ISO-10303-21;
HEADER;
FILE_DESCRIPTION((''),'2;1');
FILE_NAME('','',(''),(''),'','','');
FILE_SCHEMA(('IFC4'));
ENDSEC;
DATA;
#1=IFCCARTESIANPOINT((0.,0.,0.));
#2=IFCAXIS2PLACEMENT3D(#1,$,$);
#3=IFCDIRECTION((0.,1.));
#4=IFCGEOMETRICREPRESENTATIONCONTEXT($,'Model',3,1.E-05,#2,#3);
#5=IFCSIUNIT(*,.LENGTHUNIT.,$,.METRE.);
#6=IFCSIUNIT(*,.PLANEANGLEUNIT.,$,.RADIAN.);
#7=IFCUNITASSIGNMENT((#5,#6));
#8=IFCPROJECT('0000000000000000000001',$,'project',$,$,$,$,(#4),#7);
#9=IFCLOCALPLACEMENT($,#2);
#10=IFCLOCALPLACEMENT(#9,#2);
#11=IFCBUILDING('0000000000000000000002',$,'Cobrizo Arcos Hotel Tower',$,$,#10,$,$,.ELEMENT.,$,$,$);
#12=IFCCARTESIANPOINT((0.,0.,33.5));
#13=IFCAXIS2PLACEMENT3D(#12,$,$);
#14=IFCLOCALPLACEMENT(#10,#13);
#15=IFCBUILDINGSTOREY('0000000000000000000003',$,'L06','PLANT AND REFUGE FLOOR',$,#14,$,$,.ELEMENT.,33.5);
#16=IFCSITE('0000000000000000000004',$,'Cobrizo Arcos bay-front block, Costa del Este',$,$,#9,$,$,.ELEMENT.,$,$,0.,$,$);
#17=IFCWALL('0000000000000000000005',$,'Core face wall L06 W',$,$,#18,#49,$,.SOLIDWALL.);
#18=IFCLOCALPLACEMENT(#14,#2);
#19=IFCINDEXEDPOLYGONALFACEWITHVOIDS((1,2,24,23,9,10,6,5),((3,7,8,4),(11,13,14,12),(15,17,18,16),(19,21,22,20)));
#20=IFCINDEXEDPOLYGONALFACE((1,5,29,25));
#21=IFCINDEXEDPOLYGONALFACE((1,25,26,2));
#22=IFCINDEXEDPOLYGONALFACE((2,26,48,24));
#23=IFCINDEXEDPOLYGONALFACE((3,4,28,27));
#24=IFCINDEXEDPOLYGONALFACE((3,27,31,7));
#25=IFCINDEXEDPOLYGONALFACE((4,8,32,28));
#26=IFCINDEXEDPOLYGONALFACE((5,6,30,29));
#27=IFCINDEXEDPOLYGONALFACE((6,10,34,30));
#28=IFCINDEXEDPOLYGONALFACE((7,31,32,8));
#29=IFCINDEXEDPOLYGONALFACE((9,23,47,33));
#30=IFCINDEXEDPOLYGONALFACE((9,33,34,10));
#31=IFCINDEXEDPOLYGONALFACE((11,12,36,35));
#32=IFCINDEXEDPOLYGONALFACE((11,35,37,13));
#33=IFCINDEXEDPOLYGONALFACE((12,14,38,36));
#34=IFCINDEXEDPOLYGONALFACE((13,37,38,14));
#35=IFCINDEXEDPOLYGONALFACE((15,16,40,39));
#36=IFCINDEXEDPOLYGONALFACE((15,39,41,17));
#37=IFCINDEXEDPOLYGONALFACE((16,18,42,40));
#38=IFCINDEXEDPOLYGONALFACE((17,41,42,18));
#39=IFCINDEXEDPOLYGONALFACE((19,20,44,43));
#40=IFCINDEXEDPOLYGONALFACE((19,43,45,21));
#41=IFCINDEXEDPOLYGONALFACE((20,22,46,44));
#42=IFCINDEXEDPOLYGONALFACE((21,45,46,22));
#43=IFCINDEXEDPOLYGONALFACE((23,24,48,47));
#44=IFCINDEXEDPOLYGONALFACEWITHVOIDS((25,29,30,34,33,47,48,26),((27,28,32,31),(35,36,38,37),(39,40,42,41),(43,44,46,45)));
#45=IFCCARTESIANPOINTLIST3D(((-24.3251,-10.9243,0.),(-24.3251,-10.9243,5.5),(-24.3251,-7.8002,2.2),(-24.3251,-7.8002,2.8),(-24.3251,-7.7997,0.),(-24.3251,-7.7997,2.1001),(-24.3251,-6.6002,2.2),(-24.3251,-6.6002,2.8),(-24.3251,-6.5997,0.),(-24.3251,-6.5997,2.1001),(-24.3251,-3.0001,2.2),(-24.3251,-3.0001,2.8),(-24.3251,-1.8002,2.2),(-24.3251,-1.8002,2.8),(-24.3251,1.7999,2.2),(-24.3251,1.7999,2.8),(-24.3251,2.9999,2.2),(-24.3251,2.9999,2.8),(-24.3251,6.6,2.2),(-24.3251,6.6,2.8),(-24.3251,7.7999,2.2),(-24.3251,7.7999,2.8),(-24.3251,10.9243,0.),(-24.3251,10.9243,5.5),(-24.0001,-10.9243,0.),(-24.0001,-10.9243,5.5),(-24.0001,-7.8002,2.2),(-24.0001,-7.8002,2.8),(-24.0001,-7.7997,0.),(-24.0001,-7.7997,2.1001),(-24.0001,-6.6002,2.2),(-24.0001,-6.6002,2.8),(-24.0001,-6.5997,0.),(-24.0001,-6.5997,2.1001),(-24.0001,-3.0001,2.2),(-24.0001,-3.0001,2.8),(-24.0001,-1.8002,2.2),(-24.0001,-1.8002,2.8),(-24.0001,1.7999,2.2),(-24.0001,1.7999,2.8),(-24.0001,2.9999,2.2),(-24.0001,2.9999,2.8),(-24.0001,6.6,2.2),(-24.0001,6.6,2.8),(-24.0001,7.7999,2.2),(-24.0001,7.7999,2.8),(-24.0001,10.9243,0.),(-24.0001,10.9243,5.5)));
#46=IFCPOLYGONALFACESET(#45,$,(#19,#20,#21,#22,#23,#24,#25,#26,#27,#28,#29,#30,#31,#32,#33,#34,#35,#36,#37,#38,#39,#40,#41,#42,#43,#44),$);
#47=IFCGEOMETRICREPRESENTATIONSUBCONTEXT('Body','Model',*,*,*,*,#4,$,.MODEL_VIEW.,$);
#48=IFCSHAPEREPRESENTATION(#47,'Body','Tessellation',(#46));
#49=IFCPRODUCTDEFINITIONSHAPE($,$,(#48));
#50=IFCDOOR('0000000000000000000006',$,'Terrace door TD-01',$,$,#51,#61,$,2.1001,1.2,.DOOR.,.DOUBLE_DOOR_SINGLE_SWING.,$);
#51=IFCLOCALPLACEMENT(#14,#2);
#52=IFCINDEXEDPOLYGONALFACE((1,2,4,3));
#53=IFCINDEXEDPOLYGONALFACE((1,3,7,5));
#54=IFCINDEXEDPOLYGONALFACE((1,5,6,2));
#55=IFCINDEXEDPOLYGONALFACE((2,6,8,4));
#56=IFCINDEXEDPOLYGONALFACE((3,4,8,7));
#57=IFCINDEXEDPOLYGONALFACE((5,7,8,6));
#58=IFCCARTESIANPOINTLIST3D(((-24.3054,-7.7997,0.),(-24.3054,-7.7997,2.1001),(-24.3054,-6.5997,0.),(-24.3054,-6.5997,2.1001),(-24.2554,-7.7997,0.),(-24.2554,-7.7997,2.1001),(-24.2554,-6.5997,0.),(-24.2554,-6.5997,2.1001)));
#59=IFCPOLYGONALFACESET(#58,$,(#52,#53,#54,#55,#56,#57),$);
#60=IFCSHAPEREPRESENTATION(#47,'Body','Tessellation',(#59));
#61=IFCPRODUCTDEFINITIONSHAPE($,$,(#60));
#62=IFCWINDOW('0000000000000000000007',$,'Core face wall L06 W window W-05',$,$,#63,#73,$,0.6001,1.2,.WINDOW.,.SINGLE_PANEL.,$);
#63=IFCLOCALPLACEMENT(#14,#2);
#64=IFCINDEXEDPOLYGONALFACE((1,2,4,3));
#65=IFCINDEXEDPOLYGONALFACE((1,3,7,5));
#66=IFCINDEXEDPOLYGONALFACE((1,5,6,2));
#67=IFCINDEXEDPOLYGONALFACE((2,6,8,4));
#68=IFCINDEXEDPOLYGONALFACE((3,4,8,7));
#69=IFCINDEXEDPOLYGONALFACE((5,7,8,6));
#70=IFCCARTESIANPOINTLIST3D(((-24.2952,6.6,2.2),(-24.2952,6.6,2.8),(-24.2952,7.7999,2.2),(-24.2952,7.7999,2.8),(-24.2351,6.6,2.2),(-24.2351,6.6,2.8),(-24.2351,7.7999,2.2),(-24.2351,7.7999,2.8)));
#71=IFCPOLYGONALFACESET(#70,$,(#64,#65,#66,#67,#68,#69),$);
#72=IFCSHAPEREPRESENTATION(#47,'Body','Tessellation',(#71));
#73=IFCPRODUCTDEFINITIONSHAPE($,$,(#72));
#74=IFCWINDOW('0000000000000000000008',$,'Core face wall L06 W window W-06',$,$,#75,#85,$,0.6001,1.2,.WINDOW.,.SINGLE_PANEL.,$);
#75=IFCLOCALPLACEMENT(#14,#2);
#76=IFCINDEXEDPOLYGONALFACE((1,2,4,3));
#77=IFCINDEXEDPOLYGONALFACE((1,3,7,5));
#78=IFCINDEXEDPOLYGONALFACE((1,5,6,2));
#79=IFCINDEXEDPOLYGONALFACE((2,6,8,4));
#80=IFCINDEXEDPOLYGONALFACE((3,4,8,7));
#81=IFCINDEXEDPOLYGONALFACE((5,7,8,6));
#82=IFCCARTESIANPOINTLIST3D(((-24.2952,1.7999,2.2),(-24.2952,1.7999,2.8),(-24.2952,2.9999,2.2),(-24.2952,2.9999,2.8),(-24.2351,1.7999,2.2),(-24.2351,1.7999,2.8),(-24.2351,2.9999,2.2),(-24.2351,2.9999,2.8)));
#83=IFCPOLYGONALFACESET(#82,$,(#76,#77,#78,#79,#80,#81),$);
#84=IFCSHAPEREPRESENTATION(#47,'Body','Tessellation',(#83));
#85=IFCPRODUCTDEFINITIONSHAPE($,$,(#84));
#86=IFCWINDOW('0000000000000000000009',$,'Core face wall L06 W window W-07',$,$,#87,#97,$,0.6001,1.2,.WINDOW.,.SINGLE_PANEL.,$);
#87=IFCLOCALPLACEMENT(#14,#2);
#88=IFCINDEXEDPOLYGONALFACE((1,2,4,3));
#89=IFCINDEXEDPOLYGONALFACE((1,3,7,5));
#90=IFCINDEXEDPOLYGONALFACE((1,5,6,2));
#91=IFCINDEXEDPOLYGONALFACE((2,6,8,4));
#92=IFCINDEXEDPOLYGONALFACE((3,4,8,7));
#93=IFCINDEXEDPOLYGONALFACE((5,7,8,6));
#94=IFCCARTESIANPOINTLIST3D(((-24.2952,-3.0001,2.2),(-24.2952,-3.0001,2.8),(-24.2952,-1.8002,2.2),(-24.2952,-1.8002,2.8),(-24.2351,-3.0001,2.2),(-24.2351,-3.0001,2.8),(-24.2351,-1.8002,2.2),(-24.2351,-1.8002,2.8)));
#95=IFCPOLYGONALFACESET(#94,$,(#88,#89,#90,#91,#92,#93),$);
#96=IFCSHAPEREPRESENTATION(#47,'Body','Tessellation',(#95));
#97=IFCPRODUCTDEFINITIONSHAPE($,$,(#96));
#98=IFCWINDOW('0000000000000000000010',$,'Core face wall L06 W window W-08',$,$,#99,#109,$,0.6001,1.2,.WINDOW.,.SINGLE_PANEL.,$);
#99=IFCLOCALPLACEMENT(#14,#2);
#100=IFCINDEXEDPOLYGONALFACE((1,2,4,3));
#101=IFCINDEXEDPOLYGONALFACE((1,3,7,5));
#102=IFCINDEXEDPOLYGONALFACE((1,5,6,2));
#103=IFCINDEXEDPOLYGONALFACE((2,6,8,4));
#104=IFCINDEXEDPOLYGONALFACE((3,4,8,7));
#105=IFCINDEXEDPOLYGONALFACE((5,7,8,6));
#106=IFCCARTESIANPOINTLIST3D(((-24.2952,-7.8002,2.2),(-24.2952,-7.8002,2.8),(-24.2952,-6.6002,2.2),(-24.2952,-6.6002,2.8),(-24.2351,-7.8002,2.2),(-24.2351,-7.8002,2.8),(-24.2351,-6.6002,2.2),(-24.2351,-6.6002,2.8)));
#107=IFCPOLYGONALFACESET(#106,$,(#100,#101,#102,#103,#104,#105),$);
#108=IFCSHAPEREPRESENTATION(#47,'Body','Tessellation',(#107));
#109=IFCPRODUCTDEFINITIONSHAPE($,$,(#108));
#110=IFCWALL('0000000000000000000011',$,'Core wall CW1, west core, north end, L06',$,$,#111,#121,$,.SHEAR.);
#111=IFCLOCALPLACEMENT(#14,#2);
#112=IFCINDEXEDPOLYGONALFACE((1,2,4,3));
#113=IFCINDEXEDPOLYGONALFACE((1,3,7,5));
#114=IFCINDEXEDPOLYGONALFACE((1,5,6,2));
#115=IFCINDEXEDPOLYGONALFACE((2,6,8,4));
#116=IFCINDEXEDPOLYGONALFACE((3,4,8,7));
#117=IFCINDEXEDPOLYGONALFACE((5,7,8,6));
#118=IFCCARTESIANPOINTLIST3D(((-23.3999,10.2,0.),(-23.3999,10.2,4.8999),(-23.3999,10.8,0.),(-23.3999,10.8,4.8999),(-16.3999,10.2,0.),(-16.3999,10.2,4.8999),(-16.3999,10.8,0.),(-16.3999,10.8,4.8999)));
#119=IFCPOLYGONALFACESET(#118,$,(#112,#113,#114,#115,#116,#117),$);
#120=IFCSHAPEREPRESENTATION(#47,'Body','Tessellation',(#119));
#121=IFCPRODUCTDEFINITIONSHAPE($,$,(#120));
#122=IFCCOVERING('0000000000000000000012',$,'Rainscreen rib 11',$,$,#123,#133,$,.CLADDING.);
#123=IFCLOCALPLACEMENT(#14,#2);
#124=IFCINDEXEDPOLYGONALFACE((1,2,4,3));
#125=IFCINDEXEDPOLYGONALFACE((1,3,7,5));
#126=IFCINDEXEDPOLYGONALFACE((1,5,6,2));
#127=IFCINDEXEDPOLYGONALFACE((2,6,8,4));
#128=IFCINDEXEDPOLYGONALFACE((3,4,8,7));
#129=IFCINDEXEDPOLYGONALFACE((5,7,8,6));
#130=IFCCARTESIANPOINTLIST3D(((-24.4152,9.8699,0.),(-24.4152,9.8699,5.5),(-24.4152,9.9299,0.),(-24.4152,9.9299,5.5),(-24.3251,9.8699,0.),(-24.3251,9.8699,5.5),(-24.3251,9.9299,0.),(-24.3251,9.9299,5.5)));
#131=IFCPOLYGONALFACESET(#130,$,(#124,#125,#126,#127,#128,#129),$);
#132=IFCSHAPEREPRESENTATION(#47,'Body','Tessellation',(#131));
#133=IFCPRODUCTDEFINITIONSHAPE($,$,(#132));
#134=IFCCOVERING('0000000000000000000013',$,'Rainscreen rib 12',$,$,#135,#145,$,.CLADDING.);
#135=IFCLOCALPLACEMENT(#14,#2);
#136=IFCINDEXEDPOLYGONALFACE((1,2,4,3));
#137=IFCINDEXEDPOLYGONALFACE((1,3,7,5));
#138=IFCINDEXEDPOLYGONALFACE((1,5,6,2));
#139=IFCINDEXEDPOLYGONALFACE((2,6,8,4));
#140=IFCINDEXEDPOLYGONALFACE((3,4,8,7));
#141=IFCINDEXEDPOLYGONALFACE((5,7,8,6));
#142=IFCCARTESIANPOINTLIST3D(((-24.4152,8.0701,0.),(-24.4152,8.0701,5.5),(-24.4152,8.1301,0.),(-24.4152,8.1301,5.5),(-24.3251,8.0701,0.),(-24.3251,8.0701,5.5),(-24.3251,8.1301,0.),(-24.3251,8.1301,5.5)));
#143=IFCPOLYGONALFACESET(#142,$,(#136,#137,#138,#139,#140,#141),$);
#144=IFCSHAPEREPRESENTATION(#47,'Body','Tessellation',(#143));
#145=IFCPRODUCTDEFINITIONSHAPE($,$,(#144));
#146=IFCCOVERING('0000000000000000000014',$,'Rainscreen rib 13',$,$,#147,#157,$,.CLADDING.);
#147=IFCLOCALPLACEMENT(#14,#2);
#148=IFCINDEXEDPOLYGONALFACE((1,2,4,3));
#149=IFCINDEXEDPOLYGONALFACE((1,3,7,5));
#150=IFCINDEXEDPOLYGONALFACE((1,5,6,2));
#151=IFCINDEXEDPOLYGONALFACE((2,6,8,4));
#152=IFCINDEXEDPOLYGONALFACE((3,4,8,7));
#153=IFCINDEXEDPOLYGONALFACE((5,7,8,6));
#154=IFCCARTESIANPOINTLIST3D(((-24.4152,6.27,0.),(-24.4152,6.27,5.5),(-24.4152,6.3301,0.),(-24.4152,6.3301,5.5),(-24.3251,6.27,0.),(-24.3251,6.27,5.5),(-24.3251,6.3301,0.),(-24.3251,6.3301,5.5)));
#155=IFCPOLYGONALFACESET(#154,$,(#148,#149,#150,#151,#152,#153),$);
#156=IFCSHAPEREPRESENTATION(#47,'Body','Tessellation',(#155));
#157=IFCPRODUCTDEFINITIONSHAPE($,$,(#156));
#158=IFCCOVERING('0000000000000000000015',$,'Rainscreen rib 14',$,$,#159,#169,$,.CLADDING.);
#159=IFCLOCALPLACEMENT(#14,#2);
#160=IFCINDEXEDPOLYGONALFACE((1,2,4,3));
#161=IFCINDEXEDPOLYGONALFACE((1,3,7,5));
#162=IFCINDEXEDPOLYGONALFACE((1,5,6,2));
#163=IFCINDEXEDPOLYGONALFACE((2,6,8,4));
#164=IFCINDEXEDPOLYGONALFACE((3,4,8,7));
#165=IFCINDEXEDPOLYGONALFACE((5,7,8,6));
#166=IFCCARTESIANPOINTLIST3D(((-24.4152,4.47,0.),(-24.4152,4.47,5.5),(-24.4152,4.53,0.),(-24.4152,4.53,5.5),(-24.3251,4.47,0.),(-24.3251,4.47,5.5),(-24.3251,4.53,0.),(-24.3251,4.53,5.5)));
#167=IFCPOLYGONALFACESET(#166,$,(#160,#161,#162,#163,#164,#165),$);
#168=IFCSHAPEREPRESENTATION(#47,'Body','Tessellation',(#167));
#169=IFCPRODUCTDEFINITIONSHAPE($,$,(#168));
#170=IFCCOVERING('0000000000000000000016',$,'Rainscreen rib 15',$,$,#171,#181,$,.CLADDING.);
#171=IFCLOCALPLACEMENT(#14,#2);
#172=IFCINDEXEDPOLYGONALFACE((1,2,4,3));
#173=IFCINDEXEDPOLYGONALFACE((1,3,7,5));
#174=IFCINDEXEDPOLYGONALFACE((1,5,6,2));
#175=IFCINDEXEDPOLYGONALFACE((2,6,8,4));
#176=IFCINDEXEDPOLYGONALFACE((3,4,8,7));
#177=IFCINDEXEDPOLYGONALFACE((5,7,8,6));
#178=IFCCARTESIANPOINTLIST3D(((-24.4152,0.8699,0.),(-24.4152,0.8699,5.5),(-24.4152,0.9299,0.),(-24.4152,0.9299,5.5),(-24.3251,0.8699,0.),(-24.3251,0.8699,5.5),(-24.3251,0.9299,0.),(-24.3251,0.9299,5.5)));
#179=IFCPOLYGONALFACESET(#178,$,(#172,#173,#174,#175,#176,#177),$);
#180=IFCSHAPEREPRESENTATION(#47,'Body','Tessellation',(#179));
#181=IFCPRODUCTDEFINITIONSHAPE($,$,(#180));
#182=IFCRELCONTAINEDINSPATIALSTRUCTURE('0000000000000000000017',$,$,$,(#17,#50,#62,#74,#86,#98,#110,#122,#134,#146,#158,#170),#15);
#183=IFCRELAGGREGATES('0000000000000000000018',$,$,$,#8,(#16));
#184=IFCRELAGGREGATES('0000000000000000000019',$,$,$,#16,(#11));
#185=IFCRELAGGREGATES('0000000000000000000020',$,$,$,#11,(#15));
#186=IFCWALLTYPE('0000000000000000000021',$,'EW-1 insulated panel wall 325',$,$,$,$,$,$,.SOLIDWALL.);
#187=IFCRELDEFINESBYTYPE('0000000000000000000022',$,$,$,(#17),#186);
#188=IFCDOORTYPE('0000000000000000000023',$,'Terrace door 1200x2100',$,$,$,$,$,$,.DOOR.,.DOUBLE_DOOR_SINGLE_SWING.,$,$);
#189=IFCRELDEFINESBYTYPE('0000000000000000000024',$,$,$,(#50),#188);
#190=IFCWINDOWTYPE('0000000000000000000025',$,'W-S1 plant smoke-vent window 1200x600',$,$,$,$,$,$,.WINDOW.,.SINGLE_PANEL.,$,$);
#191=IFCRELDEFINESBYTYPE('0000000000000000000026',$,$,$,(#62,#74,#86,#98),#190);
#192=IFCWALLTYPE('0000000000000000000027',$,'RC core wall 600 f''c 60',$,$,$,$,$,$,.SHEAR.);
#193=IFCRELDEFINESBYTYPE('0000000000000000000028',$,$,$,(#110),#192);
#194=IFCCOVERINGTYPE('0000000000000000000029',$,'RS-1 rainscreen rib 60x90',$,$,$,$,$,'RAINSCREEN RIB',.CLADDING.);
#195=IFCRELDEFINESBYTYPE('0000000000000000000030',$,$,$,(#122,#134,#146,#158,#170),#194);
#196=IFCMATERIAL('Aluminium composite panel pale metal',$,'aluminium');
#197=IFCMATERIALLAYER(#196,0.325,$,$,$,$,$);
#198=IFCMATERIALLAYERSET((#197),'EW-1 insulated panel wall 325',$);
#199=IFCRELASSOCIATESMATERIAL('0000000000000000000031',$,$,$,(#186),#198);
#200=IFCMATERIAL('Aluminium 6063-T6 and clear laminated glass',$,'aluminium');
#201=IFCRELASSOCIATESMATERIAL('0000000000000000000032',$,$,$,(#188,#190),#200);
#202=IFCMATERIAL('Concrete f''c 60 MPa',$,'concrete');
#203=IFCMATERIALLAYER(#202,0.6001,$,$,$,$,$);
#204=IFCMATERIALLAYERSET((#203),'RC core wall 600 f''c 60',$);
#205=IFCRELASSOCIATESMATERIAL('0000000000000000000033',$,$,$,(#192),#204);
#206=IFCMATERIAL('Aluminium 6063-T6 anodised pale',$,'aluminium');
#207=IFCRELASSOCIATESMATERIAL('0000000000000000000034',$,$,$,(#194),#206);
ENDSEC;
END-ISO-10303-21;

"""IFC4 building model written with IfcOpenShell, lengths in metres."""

from ifc_helpers import new_model, si_unit, direction, frame, frame_2d, origin, origin_2d, place, context, subcontext, project, spatial, rectangle, extrude, material, layer, layer_set, type_object, element, fill, save


model = new_model("IFC4")

# Units and contexts
model_context = context("Model", 3, precision=1e-05, world=origin(), true_north=direction((0.0, 1.0)))
body_context = subcontext(model_context, "Body", "Model", "MODEL_VIEW")
ifc_project = project(units=[si_unit("LENGTHUNIT", "METRE"), si_unit("PLANEANGLEUNIT", "RADIAN")], contexts=[model_context])

# Site, building, storey
site_placement = place(None, origin())
site = spatial("IfcSite", under=ifc_project, at=site_placement, Name="Cobrizo Arcos bay-front block, Costa del Este", CompositionType="ELEMENT", RefElevation=0.0)
building_placement = place(site_placement, origin())
building = spatial("IfcBuilding", under=site, at=building_placement, Name="Cobrizo Arcos Hotel Tower", CompositionType="ELEMENT")
storey_placement = place(building_placement, frame((0.0, 0.0, 33.5)))
storey = spatial("IfcBuildingStorey", under=building, at=storey_placement, Name="L06", Description="PLANT AND REFUGE FLOOR", CompositionType="ELEMENT", Elevation=33.5)

# Wall, openings, door, windows
ifc_material_1 = material(Name="Aluminium composite panel pale metal", Category="aluminium")
ifc_layer_1 = layer(ifc_material_1, 0.325)
ifc_layer_set_1 = layer_set([ifc_layer_1], Name="EW-1 insulated panel wall 325")
wall_type_1 = type_object("IfcWallType", Name="EW-1 insulated panel wall 325", PredefinedType="SOLIDWALL", material=ifc_layer_set_1)
wall_1_placement = place(storey_placement, frame((-24.1626, 10.9243, 0.0), z_axis=(0.0, 0.0, 1.0), x_axis=(0.0, -1.0, 0.0)))
wall_1 = element("IfcWall", 1, at=wall_1_placement, inside=storey, type_object=wall_type_1, Name="Core face wall L06 W", PredefinedType="SOLIDWALL", context=body_context, shape_type="SweptSolid", body=[
    extrude(rectangle(XDim=21.8486, YDim=0.325, at=frame_2d((10.9243, 0.0))), origin(), (0.0, 0.0, 1.0), 5.5),
])
opening_1_placement = place(wall_1_placement, frame((3.1243, 0.0, 2.2)))
opening_1 = element("IfcOpeningElement", 2, at=opening_1_placement, cuts=wall_1, PredefinedType="OPENING", context=body_context, shape_type="SweptSolid", body=[
    extrude(rectangle(XDim=1.2, YDim=0.6001, at=frame_2d((0.6001, 0.3))), frame((0.0, 0.1746, 0.0), z_axis=(0.0, -1.0, 0.0), x_axis=(1.0, 0.0, 0.0)), (0.0, 0.0, 1.0), 0.3489),
])
opening_2_placement = place(wall_1_placement, frame((7.9243, 0.0, 2.2)))
opening_2 = element("IfcOpeningElement", 3, at=opening_2_placement, cuts=wall_1, PredefinedType="OPENING", context=body_context, shape_type="SweptSolid", body=[
    extrude(rectangle(XDim=1.2, YDim=0.6001, at=frame_2d((0.6001, 0.3))), frame((0.0, 0.1746, 0.0), z_axis=(0.0, -1.0, 0.0), x_axis=(1.0, 0.0, 0.0)), (0.0, 0.0, 1.0), 0.3489),
])
opening_3_placement = place(wall_1_placement, frame((12.7244, 0.0, 2.2)))
opening_3 = element("IfcOpeningElement", 4, at=opening_3_placement, cuts=wall_1, PredefinedType="OPENING", context=body_context, shape_type="SweptSolid", body=[
    extrude(rectangle(XDim=1.2, YDim=0.6001, at=frame_2d((0.6001, 0.3))), frame((0.0, 0.1746, 0.0), z_axis=(0.0, -1.0, 0.0), x_axis=(1.0, 0.0, 0.0)), (0.0, 0.0, 1.0), 0.3489),
])
opening_4_placement = place(wall_1_placement, frame((17.5244, 0.0, 2.2)))
opening_4 = element("IfcOpeningElement", 5, at=opening_4_placement, cuts=wall_1, PredefinedType="OPENING", context=body_context, shape_type="SweptSolid", body=[
    extrude(rectangle(XDim=1.2, YDim=0.6001, at=frame_2d((0.6001, 0.3))), frame((0.0, 0.1746, 0.0), z_axis=(0.0, -1.0, 0.0), x_axis=(1.0, 0.0, 0.0)), (0.0, 0.0, 1.0), 0.3489),
])
opening_5_placement = place(wall_1_placement, frame((17.5239, 0.0, 0.0)))
opening_5 = element("IfcOpeningElement", 6, at=opening_5_placement, cuts=wall_1, PredefinedType="OPENING", context=body_context, shape_type="SweptSolid", body=[
    extrude(rectangle(XDim=1.2, YDim=2.1001, at=frame_2d((0.6001, 1.05))), frame((0.0, 0.1746, 0.0), z_axis=(0.0, -1.0, 0.0), x_axis=(1.0, 0.0, 0.0)), (0.0, 0.0, 1.0), 0.3489),
])
ifc_material_2 = material(Name="Aluminium 6063-T6 and clear laminated glass", Category="aluminium")
door_type_1 = type_object("IfcDoorType", Name="Terrace door 1200x2100", OperationType="DOUBLE_DOOR_SINGLE_SWING", PredefinedType="DOOR", material=ifc_material_2)
door_1_placement = place(opening_5_placement, origin())
door_1 = element("IfcDoor", 7, at=door_1_placement, inside=storey, type_object=door_type_1, Name="Terrace door TD-01", OperationType="DOUBLE_DOOR_SINGLE_SWING", OverallHeight=2.1001, OverallWidth=1.2, PredefinedType="DOOR", context=body_context, shape_type="SweptSolid", body=[
    extrude(rectangle(XDim=1.2, YDim=2.1001, at=frame_2d((0.6001, 1.05))), frame((0.0, -0.0928, 0.0), z_axis=(0.0, -1.0, 0.0), x_axis=(1.0, 0.0, 0.0)), (0.0, 0.0, 1.0), 0.05),
])
fill(opening_5, door_1)
window_type = type_object("IfcWindowType", Name="W-S1 plant smoke-vent window 1200x600", PartitioningType="SINGLE_PANEL", PredefinedType="WINDOW", material=ifc_material_2)
window_1_placement = place(opening_1_placement, origin())
window_1 = element("IfcWindow", 8, at=window_1_placement, inside=storey, type_object=window_type, Name="Core face wall L06 W window W-05", OverallHeight=0.6001, OverallWidth=1.2, PartitioningType="SINGLE_PANEL", PredefinedType="WINDOW", context=body_context, shape_type="SweptSolid", body=[
    extrude(rectangle(XDim=1.2, YDim=0.6001, at=frame_2d((0.6001, 0.3))), frame((0.0, -0.0725, 0.0), z_axis=(0.0, -1.0, 0.0), x_axis=(1.0, 0.0, 0.0)), (0.0, 0.0, 1.0), 0.0601),
])
fill(opening_1, window_1)
window_2_placement = place(opening_2_placement, origin())
window_2 = element("IfcWindow", 9, at=window_2_placement, inside=storey, type_object=window_type, Name="Core face wall L06 W window W-06", OverallHeight=0.6001, OverallWidth=1.2, PartitioningType="SINGLE_PANEL", PredefinedType="WINDOW", context=body_context, shape_type="SweptSolid", body=[
    extrude(rectangle(XDim=1.2, YDim=0.6001, at=frame_2d((0.6001, 0.3))), frame((0.0, -0.0725, 0.0), z_axis=(0.0, -1.0, 0.0), x_axis=(1.0, 0.0, 0.0)), (0.0, 0.0, 1.0), 0.0601),
])
fill(opening_2, window_2)
window_3_placement = place(opening_3_placement, origin())
window_3 = element("IfcWindow", 10, at=window_3_placement, inside=storey, type_object=window_type, Name="Core face wall L06 W window W-07", OverallHeight=0.6001, OverallWidth=1.2, PartitioningType="SINGLE_PANEL", PredefinedType="WINDOW", context=body_context, shape_type="SweptSolid", body=[
    extrude(rectangle(XDim=1.2, YDim=0.6001, at=frame_2d((0.6001, 0.3))), frame((0.0, -0.0725, 0.0), z_axis=(0.0, -1.0, 0.0), x_axis=(1.0, 0.0, 0.0)), (0.0, 0.0, 1.0), 0.0601),
])
fill(opening_3, window_3)
window_4_placement = place(opening_4_placement, origin())
window_4 = element("IfcWindow", 11, at=window_4_placement, inside=storey, type_object=window_type, Name="Core face wall L06 W window W-08", OverallHeight=0.6001, OverallWidth=1.2, PartitioningType="SINGLE_PANEL", PredefinedType="WINDOW", context=body_context, shape_type="SweptSolid", body=[
    extrude(rectangle(XDim=1.2, YDim=0.6001, at=frame_2d((0.6001, 0.3))), frame((0.0, -0.0725, 0.0), z_axis=(0.0, -1.0, 0.0), x_axis=(1.0, 0.0, 0.0)), (0.0, 0.0, 1.0), 0.0601),
])
fill(opening_4, window_4)

# Wall
ifc_material_3 = material(Name="Concrete f'c 60 MPa", Category="concrete")
ifc_layer_2 = layer(ifc_material_3, 0.6001)
ifc_layer_set_2 = layer_set([ifc_layer_2], Name="RC core wall 600 f'c 60")
wall_type_2 = type_object("IfcWallType", Name="RC core wall 600 f'c 60", PredefinedType="SHEAR", material=ifc_layer_set_2)
wall_2_placement = place(storey_placement, frame((-23.3999, 10.5, 0.0), z_axis=(0.0, 0.0, 1.0), x_axis=(1.0, 0.0, 0.0)))
element("IfcWall", 12, at=wall_2_placement, inside=storey, type_object=wall_type_2, Name="Core wall CW1, west core, north end, L06", PredefinedType="SHEAR", context=body_context, shape_type="SweptSolid", body=[
    extrude(rectangle(XDim=7.0, YDim=0.6001, at=frame_2d((3.5, 0.0))), origin(), (0.0, 0.0, 1.0), 4.8999),
])

# Coverings
ifc_material_4 = material(Name="Aluminium 6063-T6 anodised pale", Category="aluminium")
covering_type = type_object("IfcCoveringType", Name="RS-1 rainscreen rib 60x90", ElementType="RAINSCREEN RIB", PredefinedType="CLADDING", material=ifc_material_4)
for number, where, z_axis, x_axis, name in (
    (13, (-24.3701, 9.8999, 0.0), (0.0, 0.0, 1.0), (0.0, -1.0, 0.0), "Rainscreen rib 11"),
    (14, (-24.3701, 8.1001, 0.0), (0.0, 0.0, 1.0), (0.0, -1.0, 0.0), "Rainscreen rib 12"),
    (15, (-24.3701, 6.3, 0.0), (0.0, 0.0, 1.0), (0.0, -1.0, 0.0), "Rainscreen rib 13"),
    (16, (-24.3701, 4.5, 0.0), (0.0, 0.0, 1.0), (0.0, -1.0, 0.0), "Rainscreen rib 14"),
    (17, (-24.3701, 0.8999, 0.0), (0.0, 0.0, 1.0), (0.0, -1.0, 0.0), "Rainscreen rib 15"),
):
    element("IfcCovering", number, at=place(storey_placement, frame(where, z_axis=z_axis, x_axis=x_axis)), inside=storey, type_object=covering_type, Name=name, PredefinedType="CLADDING", context=body_context, shape_type="SweptSolid", body=[
        extrude(rectangle(XDim=0.0601, YDim=0.0901, at=origin_2d()), origin(), (0.0, 0.0, 1.0), 5.5),
    ])

save(model, "model.ifc")
